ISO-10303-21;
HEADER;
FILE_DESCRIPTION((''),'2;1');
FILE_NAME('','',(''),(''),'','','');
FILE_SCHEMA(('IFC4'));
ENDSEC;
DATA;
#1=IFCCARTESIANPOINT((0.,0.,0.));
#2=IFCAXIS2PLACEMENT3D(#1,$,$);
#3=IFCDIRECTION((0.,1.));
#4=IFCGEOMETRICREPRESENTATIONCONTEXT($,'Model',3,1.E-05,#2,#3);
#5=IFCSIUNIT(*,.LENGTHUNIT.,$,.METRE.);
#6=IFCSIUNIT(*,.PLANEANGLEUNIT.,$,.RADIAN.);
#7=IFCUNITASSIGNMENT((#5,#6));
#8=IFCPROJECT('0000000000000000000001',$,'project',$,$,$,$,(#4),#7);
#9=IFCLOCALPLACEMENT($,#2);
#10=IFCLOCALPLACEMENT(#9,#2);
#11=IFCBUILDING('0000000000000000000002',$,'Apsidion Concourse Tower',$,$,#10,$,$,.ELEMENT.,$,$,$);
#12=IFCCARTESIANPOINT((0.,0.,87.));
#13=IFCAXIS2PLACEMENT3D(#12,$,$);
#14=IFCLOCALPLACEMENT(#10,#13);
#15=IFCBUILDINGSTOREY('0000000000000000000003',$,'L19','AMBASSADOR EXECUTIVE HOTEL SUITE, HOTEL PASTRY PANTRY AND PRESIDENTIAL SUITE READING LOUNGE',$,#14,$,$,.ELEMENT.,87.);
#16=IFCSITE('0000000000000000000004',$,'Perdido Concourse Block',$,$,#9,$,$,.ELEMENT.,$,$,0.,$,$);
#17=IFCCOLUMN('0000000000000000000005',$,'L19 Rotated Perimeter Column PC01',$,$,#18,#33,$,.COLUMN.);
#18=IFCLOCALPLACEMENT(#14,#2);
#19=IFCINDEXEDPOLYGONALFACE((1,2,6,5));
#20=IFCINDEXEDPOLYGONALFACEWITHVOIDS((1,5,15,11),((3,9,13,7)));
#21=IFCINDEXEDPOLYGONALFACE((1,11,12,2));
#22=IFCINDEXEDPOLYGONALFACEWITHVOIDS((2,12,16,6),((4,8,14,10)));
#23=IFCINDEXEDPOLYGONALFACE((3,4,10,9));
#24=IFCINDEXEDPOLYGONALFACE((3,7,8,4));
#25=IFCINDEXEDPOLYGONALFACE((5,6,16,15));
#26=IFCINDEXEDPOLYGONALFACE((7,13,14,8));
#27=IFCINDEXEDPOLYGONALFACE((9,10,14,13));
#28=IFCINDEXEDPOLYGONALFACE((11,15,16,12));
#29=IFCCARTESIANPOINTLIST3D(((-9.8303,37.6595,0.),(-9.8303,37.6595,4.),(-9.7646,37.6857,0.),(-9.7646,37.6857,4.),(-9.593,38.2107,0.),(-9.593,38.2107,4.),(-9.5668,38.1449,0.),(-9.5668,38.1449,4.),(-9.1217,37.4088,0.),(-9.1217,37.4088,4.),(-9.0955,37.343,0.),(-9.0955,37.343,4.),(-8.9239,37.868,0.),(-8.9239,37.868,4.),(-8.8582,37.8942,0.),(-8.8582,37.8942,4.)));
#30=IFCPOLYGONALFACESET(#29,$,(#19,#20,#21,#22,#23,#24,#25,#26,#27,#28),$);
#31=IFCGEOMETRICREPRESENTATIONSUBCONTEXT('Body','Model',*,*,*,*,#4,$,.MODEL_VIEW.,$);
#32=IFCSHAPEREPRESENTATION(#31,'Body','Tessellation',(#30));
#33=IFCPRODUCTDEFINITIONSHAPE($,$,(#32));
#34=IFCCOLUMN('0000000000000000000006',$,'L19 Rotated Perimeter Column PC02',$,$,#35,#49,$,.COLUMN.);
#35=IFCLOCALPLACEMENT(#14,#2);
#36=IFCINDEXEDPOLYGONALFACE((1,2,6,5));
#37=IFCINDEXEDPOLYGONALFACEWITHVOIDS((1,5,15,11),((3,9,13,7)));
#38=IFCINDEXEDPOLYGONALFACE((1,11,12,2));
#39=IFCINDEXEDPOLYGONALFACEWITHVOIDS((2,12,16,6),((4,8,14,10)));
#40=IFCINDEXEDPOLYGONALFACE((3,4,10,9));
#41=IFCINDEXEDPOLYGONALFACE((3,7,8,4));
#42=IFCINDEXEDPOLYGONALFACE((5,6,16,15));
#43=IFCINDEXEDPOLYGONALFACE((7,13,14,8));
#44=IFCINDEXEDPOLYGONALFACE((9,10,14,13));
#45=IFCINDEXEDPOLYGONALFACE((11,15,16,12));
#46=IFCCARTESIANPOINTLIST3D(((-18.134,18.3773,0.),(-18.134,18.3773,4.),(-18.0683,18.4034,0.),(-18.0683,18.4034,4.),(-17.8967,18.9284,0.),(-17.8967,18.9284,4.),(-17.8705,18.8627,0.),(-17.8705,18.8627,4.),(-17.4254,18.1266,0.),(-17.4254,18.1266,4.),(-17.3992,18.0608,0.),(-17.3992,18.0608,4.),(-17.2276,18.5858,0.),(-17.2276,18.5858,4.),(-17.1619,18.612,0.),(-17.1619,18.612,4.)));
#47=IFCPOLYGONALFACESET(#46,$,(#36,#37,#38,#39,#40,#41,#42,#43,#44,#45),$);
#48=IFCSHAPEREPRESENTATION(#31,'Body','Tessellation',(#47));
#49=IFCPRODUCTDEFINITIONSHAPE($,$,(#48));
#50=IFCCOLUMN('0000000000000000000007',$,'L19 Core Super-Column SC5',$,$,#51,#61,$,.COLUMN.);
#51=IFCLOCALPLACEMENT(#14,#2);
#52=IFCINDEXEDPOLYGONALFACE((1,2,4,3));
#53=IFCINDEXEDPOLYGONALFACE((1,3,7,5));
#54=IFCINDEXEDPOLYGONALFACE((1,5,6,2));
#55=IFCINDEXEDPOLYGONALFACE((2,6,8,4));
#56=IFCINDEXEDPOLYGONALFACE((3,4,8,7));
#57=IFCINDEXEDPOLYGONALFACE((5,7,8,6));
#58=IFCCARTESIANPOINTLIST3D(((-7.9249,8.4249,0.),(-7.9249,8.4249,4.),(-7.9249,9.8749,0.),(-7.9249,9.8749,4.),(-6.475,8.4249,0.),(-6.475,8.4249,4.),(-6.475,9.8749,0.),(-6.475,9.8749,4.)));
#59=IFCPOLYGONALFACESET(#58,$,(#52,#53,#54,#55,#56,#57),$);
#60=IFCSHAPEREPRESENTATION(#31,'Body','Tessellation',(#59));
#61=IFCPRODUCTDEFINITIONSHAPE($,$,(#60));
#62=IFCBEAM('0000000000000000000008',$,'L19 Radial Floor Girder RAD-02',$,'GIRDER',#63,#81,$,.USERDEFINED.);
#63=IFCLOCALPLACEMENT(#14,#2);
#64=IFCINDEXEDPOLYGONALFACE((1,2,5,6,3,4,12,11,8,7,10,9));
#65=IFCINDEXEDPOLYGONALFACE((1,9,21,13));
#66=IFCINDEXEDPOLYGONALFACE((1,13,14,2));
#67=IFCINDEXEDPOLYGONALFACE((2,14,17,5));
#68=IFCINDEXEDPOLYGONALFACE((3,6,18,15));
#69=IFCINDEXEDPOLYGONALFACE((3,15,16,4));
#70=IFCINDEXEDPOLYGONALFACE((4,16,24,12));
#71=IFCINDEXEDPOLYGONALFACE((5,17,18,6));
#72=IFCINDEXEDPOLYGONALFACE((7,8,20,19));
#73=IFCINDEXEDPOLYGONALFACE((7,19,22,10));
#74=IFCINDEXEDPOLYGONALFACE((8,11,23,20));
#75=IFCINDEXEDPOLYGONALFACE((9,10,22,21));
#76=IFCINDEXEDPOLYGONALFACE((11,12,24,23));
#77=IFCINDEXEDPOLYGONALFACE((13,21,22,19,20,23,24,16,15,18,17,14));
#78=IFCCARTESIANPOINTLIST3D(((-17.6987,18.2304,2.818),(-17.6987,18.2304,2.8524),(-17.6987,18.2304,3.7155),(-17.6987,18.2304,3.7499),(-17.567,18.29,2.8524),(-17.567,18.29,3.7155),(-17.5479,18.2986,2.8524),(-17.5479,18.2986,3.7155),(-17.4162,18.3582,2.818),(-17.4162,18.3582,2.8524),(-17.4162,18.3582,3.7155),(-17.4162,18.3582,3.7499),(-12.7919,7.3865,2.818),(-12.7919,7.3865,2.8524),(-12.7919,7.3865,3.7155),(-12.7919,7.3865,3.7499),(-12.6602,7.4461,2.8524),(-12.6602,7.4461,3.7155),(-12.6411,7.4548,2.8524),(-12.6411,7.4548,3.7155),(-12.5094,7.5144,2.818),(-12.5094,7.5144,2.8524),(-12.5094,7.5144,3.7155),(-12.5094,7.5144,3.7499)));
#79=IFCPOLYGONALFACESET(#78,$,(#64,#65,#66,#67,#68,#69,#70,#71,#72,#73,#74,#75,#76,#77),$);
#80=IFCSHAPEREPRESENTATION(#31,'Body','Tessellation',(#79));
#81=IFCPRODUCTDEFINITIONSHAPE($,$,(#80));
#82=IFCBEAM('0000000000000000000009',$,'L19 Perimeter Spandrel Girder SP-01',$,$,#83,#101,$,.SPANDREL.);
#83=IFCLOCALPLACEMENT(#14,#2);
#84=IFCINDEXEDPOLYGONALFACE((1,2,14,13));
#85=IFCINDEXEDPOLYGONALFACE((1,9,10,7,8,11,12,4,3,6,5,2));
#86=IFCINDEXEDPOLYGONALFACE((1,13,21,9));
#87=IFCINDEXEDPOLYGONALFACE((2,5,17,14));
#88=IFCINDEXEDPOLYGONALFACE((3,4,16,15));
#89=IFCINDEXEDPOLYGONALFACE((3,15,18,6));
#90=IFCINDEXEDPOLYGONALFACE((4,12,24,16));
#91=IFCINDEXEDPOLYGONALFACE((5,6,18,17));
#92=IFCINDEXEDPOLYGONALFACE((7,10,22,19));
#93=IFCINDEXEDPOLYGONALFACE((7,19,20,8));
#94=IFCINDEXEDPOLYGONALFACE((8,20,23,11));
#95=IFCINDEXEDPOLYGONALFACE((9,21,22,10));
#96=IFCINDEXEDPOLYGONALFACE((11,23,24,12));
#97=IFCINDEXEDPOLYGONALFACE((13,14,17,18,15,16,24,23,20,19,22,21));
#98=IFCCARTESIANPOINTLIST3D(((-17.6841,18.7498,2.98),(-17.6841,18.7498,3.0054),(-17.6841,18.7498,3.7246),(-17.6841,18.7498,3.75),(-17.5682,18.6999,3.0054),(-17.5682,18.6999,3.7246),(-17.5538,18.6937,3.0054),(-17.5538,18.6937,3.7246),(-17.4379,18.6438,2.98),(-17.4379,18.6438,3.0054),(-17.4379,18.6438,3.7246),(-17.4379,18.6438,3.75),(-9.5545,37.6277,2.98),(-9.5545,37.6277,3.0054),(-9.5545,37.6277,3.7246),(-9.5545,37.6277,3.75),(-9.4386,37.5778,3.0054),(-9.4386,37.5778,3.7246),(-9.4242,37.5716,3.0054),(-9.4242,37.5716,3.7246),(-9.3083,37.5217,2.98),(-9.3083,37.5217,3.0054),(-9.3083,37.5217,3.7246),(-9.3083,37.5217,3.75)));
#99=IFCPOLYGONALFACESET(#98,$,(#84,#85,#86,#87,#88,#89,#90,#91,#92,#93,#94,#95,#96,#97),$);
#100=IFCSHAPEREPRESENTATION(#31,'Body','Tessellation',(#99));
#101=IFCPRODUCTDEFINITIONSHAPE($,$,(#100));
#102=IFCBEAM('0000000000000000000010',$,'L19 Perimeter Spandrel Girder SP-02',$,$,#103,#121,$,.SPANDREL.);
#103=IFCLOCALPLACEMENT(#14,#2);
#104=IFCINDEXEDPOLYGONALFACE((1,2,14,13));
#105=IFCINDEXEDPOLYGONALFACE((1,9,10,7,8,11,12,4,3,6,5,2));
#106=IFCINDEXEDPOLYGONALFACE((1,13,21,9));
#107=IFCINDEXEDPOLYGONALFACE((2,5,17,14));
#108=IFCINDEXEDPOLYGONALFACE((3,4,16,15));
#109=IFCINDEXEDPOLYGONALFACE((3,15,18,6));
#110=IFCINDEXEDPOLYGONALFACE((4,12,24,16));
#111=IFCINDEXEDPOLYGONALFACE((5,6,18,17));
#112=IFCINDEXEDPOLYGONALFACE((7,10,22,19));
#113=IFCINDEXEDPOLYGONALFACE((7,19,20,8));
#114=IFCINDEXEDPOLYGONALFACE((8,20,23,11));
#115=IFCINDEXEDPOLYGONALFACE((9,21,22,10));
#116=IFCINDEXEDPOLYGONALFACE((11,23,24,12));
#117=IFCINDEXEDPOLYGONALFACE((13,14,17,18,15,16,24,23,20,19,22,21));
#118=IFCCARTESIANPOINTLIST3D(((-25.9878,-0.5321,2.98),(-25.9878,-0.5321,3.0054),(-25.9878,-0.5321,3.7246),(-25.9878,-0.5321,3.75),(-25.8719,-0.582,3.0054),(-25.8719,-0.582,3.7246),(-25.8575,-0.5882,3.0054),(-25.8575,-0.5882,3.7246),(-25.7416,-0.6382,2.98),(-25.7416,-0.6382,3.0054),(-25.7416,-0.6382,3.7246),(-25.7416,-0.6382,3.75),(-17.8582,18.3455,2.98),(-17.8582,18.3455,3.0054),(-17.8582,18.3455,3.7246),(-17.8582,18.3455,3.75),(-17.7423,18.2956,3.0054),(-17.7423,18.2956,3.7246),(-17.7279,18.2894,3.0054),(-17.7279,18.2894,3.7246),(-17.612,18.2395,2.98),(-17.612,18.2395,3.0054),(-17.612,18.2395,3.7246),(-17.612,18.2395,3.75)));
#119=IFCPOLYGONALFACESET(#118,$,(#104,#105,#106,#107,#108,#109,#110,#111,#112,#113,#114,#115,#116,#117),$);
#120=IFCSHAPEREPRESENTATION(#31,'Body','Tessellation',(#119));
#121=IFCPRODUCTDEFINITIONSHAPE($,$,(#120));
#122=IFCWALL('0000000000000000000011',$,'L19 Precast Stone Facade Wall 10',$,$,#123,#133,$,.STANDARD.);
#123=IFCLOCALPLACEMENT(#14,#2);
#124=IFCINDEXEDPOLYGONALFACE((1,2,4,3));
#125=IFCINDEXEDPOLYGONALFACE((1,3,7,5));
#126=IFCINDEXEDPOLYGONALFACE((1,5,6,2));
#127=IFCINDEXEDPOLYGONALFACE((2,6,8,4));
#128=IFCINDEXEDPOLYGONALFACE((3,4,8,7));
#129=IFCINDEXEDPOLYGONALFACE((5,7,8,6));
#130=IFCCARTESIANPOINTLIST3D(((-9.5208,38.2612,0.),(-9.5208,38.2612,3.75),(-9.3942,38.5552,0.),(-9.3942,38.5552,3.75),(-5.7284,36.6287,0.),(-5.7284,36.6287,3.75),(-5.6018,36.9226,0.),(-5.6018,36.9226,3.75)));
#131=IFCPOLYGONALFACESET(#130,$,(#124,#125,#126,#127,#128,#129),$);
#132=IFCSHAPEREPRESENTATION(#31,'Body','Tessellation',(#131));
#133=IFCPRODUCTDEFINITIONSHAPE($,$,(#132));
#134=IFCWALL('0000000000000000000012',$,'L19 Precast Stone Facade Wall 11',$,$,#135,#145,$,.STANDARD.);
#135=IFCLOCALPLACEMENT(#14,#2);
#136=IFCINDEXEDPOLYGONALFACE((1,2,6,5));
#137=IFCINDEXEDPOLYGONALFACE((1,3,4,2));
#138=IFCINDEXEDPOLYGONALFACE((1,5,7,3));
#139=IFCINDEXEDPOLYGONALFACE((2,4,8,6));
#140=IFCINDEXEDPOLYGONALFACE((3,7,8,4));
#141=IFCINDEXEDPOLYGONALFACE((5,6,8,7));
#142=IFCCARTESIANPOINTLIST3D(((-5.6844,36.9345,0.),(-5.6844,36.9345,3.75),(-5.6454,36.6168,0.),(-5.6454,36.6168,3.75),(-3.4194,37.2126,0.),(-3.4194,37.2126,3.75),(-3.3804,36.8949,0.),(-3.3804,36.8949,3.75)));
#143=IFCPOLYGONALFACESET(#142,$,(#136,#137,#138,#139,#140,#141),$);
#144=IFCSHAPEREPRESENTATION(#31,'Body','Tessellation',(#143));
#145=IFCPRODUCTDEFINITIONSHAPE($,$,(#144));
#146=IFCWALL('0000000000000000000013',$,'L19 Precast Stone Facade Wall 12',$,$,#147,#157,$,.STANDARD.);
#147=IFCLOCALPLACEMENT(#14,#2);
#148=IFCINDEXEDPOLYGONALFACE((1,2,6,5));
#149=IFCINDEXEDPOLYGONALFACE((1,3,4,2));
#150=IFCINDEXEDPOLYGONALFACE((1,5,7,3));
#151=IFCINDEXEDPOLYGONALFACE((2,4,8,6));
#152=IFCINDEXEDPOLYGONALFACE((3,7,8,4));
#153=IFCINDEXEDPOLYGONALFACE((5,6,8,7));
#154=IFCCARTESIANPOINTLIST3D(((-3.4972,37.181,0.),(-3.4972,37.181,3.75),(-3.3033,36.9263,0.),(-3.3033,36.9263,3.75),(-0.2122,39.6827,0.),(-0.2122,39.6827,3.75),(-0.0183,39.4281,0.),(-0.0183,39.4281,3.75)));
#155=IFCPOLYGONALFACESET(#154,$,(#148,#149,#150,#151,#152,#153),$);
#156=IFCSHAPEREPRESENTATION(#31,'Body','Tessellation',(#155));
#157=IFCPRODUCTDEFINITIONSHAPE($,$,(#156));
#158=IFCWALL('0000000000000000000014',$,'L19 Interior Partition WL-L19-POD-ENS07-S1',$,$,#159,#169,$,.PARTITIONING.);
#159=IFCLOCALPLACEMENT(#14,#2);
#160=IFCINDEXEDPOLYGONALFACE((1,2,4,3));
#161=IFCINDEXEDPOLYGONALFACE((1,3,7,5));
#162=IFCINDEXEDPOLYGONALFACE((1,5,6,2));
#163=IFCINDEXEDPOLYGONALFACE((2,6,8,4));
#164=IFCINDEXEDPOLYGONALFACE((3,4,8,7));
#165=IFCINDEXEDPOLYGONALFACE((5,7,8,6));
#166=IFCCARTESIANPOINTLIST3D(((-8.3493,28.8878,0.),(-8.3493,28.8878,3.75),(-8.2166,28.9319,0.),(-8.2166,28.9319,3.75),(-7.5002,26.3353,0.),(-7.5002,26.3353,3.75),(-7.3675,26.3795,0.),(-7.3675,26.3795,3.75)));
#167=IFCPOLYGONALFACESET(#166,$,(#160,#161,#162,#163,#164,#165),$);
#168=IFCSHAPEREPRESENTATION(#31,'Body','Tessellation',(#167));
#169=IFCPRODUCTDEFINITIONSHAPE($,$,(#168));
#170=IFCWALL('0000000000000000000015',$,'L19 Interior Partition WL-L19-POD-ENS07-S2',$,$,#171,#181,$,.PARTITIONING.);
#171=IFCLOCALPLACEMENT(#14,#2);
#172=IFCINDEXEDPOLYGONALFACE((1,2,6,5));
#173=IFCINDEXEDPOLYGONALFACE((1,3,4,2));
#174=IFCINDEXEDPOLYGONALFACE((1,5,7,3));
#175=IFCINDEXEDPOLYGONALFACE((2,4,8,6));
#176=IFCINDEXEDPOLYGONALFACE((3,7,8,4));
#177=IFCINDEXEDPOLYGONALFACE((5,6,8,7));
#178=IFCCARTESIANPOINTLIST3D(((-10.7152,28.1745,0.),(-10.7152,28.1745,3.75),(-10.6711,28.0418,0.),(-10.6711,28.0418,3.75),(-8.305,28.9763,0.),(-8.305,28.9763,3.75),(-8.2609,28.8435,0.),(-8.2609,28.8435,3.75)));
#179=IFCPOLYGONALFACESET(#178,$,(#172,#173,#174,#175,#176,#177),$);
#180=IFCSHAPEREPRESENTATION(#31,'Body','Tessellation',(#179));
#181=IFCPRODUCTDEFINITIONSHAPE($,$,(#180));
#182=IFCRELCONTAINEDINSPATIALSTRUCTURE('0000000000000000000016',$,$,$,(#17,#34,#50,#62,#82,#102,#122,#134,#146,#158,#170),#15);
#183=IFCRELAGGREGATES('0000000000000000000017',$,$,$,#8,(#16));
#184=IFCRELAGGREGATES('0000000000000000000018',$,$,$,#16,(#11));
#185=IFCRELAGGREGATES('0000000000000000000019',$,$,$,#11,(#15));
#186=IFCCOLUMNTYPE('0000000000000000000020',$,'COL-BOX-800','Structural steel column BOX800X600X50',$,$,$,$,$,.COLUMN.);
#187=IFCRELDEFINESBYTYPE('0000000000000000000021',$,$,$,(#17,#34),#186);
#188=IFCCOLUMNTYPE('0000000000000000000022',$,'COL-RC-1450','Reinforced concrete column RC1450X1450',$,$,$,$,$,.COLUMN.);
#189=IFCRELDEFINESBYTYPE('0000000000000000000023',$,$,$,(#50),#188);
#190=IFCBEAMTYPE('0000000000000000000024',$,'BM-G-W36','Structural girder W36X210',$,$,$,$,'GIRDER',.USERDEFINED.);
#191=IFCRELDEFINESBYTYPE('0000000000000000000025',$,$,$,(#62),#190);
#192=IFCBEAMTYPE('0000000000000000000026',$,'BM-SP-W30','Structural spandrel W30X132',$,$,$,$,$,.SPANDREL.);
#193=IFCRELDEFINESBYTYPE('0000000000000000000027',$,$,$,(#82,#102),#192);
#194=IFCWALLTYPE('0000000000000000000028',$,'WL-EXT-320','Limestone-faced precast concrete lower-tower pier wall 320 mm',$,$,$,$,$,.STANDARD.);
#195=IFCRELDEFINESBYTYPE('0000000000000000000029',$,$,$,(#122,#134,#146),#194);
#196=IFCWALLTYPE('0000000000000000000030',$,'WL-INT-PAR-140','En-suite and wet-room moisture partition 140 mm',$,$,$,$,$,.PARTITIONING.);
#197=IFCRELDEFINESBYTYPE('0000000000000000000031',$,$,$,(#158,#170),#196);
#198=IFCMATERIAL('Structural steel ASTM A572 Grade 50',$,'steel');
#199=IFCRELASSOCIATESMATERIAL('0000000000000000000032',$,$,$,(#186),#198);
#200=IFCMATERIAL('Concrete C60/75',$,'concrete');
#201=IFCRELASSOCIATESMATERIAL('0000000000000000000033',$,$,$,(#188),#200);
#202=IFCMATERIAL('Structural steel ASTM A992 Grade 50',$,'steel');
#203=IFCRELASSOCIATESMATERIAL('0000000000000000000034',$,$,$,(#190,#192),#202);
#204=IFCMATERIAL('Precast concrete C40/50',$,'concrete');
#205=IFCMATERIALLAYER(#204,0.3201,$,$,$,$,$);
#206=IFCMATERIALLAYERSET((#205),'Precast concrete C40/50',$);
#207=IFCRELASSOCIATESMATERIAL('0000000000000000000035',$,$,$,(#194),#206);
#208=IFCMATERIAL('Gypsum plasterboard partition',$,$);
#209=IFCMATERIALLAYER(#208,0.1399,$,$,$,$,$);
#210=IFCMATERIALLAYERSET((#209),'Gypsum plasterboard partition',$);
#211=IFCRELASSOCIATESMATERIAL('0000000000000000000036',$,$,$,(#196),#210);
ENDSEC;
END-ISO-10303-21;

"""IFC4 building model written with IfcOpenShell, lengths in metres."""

from ifc_helpers import new_model, si_unit, direction, frame, frame_2d, origin, origin_2d, place, context, subcontext, project, spatial, rectangle, hollow_rectangle, i_section, extrude, material, layer, layer_set, material_profile, profile_set, type_object, element, save


model = new_model("IFC4")

# Units and contexts
model_context = context("Model", 3, precision=1e-05, world=origin(), true_north=direction((0.0, 1.0)))
body_context = subcontext(model_context, "Body", "Model", "MODEL_VIEW")
ifc_project = project(units=[si_unit("LENGTHUNIT", "METRE"), si_unit("PLANEANGLEUNIT", "RADIAN")], contexts=[model_context])

# Site, building, storey
site_placement = place(None, origin())
site = spatial("IfcSite", under=ifc_project, at=site_placement, Name="Perdido Concourse Block", CompositionType="ELEMENT", RefElevation=0.0)
building_placement = place(site_placement, origin())
building = spatial("IfcBuilding", under=site, at=building_placement, Name="Apsidion Concourse Tower", CompositionType="ELEMENT")
storey_placement = place(building_placement, frame((0.0, 0.0, 87.0)))
storey = spatial("IfcBuildingStorey", under=building, at=storey_placement, Name="L19", Description="AMBASSADOR EXECUTIVE HOTEL SUITE, HOTEL PASTRY PANTRY AND PRESIDENTIAL SUITE READING LOUNGE", CompositionType="ELEMENT", Elevation=87.0)

# Columns
ifc_material_1 = material(Name="Structural steel ASTM A572 Grade 50", Category="steel")
ifc_material_profile_1 = material_profile(ifc_material_1, hollow_rectangle(XDim=0.6001, YDim=0.8, WallThickness=0.05, at=origin_2d()), Name="BOX800X600X50")
ifc_profile_set_1 = profile_set([ifc_material_profile_1], Name="Structural steel ASTM A572 Grade 50")
column_type_1 = type_object("IfcColumnType", Name="COL-BOX-800", Description="Structural steel column BOX800X600X50", PredefinedType="COLUMN", material=ifc_profile_set_1)
for number, where, z_axis, x_axis, name in (
    (1, (-9.3442, 37.7769, 0.0), (0.0, 0.0, 1.0), (0.395546, 0.918446, 0.0), "L19 Rotated Perimeter Column PC01"),
    (2, (-17.6479, 18.4946, 0.0), (0.0, 0.0, 1.0), (0.395546, 0.918446, 0.0), "L19 Rotated Perimeter Column PC02"),
):
    element("IfcColumn", number, at=place(storey_placement, frame(where, z_axis=z_axis, x_axis=x_axis)), inside=storey, type_object=column_type_1, Name=name, PredefinedType="COLUMN", context=body_context, shape_type="SweptSolid", body=[
        extrude(hollow_rectangle(XDim=0.6001, YDim=0.8, WallThickness=0.05, at=origin_2d()), origin(), (0.0, 0.0, 1.0), 4.0),
    ])
ifc_material_2 = material(Name="Concrete C60/75", Category="concrete")
ifc_material_profile_2 = material_profile(ifc_material_2, rectangle(XDim=1.45, YDim=1.45, at=origin_2d()), Name="RC 1450x1450")
ifc_profile_set_2 = profile_set([ifc_material_profile_2], Name="Concrete C60/75")
column_type_2 = type_object("IfcColumnType", Name="COL-RC-1450", Description="Reinforced concrete column RC1450X1450", PredefinedType="COLUMN", material=ifc_profile_set_2)
column_placement = place(storey_placement, frame((-7.2, 9.1499, 0.0), z_axis=(0.0, 0.0, 1.0), x_axis=(1.0, 0.0, 0.0)))
element("IfcColumn", 3, at=column_placement, inside=storey, type_object=column_type_2, Name="L19 Core Super-Column SC5", PredefinedType="COLUMN", context=body_context, shape_type="SweptSolid", body=[
    extrude(rectangle(XDim=1.45, YDim=1.45, at=origin_2d()), origin(), (0.0, 0.0, 1.0), 4.0),
])

# Beams
ifc_material_3 = material(Name="Structural steel ASTM A992 Grade 50", Category="steel")
ifc_material_profile_3 = material_profile(ifc_material_3, i_section(OverallWidth=0.3101, OverallDepth=0.9319, WebThickness=0.021, FlangeThickness=0.0344, at=origin_2d()), Name="W36X210")
ifc_profile_set_3 = profile_set([ifc_material_profile_3], Name="Structural steel ASTM A992 Grade 50")
beam_type_1 = type_object("IfcBeamType", Name="BM-G-W36", Description="Structural girder W36X210", ElementType="GIRDER", PredefinedType="USERDEFINED", material=ifc_profile_set_3)
beam_1_placement = place(storey_placement, frame((-12.6506, 7.4504, 3.2839), z_axis=(-0.412254, 0.911069, 0.0), x_axis=(-0.911069, -0.412254, 0.0)))
element("IfcBeam", 4, at=beam_1_placement, inside=storey, type_object=beam_type_1, Name="L19 Radial Floor Girder RAD-02", ObjectType="GIRDER", PredefinedType="USERDEFINED", context=body_context, shape_type="SweptSolid", body=[
    extrude(i_section(OverallWidth=0.3101, OverallDepth=0.9319, WebThickness=0.021, FlangeThickness=0.0344, at=origin_2d()), origin(), (0.0, 0.0, 1.0), 11.9023),
])
ifc_material_profile_4 = material_profile(ifc_material_3, i_section(OverallWidth=0.2681, OverallDepth=0.77, WebThickness=0.0156, FlangeThickness=0.0254, at=origin_2d()), Name="W30X132")
ifc_profile_set_4 = profile_set([ifc_material_profile_4], Name="Structural steel ASTM A992 Grade 50")
beam_type_2 = type_object("IfcBeamType", Name="BM-SP-W30", Description="Structural spandrel W30X132", PredefinedType="SPANDREL", material=ifc_profile_set_4)
beam_2_placement = place(storey_placement, frame((-9.4314, 37.5747, 3.365), z_axis=(-0.395526, -0.918455, 0.0), x_axis=(0.918455, -0.395526, 0.0)))
element("IfcBeam", 5, at=beam_2_placement, inside=storey, type_object=beam_type_2, Name="L19 Perimeter Spandrel Girder SP-01", PredefinedType="SPANDREL", context=body_context, shape_type="SweptSolid", body=[
    extrude(i_section(OverallWidth=0.2681, OverallDepth=0.77, WebThickness=0.0156, FlangeThickness=0.0254, at=origin_2d()), origin(), (0.0, 0.0, 1.0), 20.554),
])
beam_3_placement = place(storey_placement, frame((-17.7351, 18.2925, 3.365), z_axis=(-0.39553, -0.918453, 0.0), x_axis=(0.918453, -0.39553, 0.0)))
element("IfcBeam", 6, at=beam_3_placement, inside=storey, type_object=beam_type_2, Name="L19 Perimeter Spandrel Girder SP-02", PredefinedType="SPANDREL", context=body_context, shape_type="SweptSolid", body=[
    extrude(i_section(OverallWidth=0.2681, OverallDepth=0.77, WebThickness=0.0156, FlangeThickness=0.0254, at=origin_2d()), origin(), (0.0, 0.0, 1.0), 20.5537),
])

# Walls
ifc_material_4 = material(Name="Precast concrete C40/50", Category="concrete")
ifc_layer_1 = layer(ifc_material_4, 0.3201)
ifc_layer_set_1 = layer_set([ifc_layer_1], Name="Precast concrete C40/50")
wall_type_1 = type_object("IfcWallType", Name="WL-EXT-320", Description="Limestone-faced precast concrete lower-tower pier wall 320 mm", PredefinedType="STANDARD", material=ifc_layer_set_1)
wall_1_placement = place(storey_placement, frame((-9.4575, 38.4082, 0.0), z_axis=(0.0, 0.0, 1.0), x_axis=(0.918511, -0.395396, 0.0)))
element("IfcWall", 7, at=wall_1_placement, inside=storey, type_object=wall_type_1, Name="L19 Precast Stone Facade Wall 10", PredefinedType="STANDARD", context=body_context, shape_type="SweptSolid", body=[
    extrude(rectangle(XDim=4.1289, YDim=0.3201, at=frame_2d((2.0645, 0.0))), origin(), (0.0, 0.0, 1.0), 3.75),
])
wall_2_placement = place(storey_placement, frame((-5.665, 36.7756, 0.0), z_axis=(0.0, 0.0, 1.0), x_axis=(0.992547, 0.121862, 0.0)))
element("IfcWall", 8, at=wall_2_placement, inside=storey, type_object=wall_type_1, Name="L19 Precast Stone Facade Wall 11", PredefinedType="STANDARD", context=body_context, shape_type="SweptSolid", body=[
    extrude(rectangle(XDim=2.282, YDim=0.3201, at=frame_2d((1.1411, 0.0))), origin(), (0.0, 0.0, 1.0), 3.75),
])
wall_3_placement = place(storey_placement, frame((-3.4001, 37.0537, 0.0), z_axis=(0.0, 0.0, 1.0), x_axis=(0.795558, 0.605878, 0.0)))
element("IfcWall", 9, at=wall_3_placement, inside=storey, type_object=wall_type_1, Name="L19 Precast Stone Facade Wall 12", PredefinedType="STANDARD", context=body_context, shape_type="SweptSolid", body=[
    extrude(rectangle(XDim=4.1292, YDim=0.3201, at=frame_2d((2.0645, 0.0))), origin(), (0.0, 0.0, 1.0), 3.75),
])
ifc_material_5 = material(Name="Gypsum plasterboard partition")
ifc_layer_2 = layer(ifc_material_5, 0.1399)
ifc_layer_set_2 = layer_set([ifc_layer_2], Name="Gypsum plasterboard partition")
wall_type_2 = type_object("IfcWallType", Name="WL-INT-PAR-140", Description="En-suite and wet-room moisture partition 140 mm", PredefinedType="PARTITIONING", material=ifc_layer_set_2)
wall_4_placement = place(storey_placement, frame((-7.4338, 26.3574, 0.0), z_axis=(0.0, 0.0, 1.0), x_axis=(-0.315656, 0.948874, 0.0)))
element("IfcWall", 10, at=wall_4_placement, inside=storey, type_object=wall_type_2, Name="L19 Interior Partition WL-L19-POD-ENS07-S1", PredefinedType="PARTITIONING", context=body_context, shape_type="SweptSolid", body=[
    extrude(rectangle(XDim=2.6899, YDim=0.1399, at=frame_2d((1.345, 0.0))), origin(), (0.0, 0.0, 1.0), 3.75),
])
wall_5_placement = place(storey_placement, frame((-8.283, 28.9099, 0.0), z_axis=(0.0, 0.0, 1.0), x_axis=(-0.948875, -0.315651, 0.0)))
element("IfcWall", 11, at=wall_5_placement, inside=storey, type_object=wall_type_2, Name="L19 Interior Partition WL-L19-POD-ENS07-S2", PredefinedType="PARTITIONING", context=body_context, shape_type="SweptSolid", body=[
    extrude(rectangle(XDim=2.54, YDim=0.1399, at=frame_2d((1.27, 0.0))), origin(), (0.0, 0.0, 1.0), 3.75),
])

save(model, "model.ifc")
